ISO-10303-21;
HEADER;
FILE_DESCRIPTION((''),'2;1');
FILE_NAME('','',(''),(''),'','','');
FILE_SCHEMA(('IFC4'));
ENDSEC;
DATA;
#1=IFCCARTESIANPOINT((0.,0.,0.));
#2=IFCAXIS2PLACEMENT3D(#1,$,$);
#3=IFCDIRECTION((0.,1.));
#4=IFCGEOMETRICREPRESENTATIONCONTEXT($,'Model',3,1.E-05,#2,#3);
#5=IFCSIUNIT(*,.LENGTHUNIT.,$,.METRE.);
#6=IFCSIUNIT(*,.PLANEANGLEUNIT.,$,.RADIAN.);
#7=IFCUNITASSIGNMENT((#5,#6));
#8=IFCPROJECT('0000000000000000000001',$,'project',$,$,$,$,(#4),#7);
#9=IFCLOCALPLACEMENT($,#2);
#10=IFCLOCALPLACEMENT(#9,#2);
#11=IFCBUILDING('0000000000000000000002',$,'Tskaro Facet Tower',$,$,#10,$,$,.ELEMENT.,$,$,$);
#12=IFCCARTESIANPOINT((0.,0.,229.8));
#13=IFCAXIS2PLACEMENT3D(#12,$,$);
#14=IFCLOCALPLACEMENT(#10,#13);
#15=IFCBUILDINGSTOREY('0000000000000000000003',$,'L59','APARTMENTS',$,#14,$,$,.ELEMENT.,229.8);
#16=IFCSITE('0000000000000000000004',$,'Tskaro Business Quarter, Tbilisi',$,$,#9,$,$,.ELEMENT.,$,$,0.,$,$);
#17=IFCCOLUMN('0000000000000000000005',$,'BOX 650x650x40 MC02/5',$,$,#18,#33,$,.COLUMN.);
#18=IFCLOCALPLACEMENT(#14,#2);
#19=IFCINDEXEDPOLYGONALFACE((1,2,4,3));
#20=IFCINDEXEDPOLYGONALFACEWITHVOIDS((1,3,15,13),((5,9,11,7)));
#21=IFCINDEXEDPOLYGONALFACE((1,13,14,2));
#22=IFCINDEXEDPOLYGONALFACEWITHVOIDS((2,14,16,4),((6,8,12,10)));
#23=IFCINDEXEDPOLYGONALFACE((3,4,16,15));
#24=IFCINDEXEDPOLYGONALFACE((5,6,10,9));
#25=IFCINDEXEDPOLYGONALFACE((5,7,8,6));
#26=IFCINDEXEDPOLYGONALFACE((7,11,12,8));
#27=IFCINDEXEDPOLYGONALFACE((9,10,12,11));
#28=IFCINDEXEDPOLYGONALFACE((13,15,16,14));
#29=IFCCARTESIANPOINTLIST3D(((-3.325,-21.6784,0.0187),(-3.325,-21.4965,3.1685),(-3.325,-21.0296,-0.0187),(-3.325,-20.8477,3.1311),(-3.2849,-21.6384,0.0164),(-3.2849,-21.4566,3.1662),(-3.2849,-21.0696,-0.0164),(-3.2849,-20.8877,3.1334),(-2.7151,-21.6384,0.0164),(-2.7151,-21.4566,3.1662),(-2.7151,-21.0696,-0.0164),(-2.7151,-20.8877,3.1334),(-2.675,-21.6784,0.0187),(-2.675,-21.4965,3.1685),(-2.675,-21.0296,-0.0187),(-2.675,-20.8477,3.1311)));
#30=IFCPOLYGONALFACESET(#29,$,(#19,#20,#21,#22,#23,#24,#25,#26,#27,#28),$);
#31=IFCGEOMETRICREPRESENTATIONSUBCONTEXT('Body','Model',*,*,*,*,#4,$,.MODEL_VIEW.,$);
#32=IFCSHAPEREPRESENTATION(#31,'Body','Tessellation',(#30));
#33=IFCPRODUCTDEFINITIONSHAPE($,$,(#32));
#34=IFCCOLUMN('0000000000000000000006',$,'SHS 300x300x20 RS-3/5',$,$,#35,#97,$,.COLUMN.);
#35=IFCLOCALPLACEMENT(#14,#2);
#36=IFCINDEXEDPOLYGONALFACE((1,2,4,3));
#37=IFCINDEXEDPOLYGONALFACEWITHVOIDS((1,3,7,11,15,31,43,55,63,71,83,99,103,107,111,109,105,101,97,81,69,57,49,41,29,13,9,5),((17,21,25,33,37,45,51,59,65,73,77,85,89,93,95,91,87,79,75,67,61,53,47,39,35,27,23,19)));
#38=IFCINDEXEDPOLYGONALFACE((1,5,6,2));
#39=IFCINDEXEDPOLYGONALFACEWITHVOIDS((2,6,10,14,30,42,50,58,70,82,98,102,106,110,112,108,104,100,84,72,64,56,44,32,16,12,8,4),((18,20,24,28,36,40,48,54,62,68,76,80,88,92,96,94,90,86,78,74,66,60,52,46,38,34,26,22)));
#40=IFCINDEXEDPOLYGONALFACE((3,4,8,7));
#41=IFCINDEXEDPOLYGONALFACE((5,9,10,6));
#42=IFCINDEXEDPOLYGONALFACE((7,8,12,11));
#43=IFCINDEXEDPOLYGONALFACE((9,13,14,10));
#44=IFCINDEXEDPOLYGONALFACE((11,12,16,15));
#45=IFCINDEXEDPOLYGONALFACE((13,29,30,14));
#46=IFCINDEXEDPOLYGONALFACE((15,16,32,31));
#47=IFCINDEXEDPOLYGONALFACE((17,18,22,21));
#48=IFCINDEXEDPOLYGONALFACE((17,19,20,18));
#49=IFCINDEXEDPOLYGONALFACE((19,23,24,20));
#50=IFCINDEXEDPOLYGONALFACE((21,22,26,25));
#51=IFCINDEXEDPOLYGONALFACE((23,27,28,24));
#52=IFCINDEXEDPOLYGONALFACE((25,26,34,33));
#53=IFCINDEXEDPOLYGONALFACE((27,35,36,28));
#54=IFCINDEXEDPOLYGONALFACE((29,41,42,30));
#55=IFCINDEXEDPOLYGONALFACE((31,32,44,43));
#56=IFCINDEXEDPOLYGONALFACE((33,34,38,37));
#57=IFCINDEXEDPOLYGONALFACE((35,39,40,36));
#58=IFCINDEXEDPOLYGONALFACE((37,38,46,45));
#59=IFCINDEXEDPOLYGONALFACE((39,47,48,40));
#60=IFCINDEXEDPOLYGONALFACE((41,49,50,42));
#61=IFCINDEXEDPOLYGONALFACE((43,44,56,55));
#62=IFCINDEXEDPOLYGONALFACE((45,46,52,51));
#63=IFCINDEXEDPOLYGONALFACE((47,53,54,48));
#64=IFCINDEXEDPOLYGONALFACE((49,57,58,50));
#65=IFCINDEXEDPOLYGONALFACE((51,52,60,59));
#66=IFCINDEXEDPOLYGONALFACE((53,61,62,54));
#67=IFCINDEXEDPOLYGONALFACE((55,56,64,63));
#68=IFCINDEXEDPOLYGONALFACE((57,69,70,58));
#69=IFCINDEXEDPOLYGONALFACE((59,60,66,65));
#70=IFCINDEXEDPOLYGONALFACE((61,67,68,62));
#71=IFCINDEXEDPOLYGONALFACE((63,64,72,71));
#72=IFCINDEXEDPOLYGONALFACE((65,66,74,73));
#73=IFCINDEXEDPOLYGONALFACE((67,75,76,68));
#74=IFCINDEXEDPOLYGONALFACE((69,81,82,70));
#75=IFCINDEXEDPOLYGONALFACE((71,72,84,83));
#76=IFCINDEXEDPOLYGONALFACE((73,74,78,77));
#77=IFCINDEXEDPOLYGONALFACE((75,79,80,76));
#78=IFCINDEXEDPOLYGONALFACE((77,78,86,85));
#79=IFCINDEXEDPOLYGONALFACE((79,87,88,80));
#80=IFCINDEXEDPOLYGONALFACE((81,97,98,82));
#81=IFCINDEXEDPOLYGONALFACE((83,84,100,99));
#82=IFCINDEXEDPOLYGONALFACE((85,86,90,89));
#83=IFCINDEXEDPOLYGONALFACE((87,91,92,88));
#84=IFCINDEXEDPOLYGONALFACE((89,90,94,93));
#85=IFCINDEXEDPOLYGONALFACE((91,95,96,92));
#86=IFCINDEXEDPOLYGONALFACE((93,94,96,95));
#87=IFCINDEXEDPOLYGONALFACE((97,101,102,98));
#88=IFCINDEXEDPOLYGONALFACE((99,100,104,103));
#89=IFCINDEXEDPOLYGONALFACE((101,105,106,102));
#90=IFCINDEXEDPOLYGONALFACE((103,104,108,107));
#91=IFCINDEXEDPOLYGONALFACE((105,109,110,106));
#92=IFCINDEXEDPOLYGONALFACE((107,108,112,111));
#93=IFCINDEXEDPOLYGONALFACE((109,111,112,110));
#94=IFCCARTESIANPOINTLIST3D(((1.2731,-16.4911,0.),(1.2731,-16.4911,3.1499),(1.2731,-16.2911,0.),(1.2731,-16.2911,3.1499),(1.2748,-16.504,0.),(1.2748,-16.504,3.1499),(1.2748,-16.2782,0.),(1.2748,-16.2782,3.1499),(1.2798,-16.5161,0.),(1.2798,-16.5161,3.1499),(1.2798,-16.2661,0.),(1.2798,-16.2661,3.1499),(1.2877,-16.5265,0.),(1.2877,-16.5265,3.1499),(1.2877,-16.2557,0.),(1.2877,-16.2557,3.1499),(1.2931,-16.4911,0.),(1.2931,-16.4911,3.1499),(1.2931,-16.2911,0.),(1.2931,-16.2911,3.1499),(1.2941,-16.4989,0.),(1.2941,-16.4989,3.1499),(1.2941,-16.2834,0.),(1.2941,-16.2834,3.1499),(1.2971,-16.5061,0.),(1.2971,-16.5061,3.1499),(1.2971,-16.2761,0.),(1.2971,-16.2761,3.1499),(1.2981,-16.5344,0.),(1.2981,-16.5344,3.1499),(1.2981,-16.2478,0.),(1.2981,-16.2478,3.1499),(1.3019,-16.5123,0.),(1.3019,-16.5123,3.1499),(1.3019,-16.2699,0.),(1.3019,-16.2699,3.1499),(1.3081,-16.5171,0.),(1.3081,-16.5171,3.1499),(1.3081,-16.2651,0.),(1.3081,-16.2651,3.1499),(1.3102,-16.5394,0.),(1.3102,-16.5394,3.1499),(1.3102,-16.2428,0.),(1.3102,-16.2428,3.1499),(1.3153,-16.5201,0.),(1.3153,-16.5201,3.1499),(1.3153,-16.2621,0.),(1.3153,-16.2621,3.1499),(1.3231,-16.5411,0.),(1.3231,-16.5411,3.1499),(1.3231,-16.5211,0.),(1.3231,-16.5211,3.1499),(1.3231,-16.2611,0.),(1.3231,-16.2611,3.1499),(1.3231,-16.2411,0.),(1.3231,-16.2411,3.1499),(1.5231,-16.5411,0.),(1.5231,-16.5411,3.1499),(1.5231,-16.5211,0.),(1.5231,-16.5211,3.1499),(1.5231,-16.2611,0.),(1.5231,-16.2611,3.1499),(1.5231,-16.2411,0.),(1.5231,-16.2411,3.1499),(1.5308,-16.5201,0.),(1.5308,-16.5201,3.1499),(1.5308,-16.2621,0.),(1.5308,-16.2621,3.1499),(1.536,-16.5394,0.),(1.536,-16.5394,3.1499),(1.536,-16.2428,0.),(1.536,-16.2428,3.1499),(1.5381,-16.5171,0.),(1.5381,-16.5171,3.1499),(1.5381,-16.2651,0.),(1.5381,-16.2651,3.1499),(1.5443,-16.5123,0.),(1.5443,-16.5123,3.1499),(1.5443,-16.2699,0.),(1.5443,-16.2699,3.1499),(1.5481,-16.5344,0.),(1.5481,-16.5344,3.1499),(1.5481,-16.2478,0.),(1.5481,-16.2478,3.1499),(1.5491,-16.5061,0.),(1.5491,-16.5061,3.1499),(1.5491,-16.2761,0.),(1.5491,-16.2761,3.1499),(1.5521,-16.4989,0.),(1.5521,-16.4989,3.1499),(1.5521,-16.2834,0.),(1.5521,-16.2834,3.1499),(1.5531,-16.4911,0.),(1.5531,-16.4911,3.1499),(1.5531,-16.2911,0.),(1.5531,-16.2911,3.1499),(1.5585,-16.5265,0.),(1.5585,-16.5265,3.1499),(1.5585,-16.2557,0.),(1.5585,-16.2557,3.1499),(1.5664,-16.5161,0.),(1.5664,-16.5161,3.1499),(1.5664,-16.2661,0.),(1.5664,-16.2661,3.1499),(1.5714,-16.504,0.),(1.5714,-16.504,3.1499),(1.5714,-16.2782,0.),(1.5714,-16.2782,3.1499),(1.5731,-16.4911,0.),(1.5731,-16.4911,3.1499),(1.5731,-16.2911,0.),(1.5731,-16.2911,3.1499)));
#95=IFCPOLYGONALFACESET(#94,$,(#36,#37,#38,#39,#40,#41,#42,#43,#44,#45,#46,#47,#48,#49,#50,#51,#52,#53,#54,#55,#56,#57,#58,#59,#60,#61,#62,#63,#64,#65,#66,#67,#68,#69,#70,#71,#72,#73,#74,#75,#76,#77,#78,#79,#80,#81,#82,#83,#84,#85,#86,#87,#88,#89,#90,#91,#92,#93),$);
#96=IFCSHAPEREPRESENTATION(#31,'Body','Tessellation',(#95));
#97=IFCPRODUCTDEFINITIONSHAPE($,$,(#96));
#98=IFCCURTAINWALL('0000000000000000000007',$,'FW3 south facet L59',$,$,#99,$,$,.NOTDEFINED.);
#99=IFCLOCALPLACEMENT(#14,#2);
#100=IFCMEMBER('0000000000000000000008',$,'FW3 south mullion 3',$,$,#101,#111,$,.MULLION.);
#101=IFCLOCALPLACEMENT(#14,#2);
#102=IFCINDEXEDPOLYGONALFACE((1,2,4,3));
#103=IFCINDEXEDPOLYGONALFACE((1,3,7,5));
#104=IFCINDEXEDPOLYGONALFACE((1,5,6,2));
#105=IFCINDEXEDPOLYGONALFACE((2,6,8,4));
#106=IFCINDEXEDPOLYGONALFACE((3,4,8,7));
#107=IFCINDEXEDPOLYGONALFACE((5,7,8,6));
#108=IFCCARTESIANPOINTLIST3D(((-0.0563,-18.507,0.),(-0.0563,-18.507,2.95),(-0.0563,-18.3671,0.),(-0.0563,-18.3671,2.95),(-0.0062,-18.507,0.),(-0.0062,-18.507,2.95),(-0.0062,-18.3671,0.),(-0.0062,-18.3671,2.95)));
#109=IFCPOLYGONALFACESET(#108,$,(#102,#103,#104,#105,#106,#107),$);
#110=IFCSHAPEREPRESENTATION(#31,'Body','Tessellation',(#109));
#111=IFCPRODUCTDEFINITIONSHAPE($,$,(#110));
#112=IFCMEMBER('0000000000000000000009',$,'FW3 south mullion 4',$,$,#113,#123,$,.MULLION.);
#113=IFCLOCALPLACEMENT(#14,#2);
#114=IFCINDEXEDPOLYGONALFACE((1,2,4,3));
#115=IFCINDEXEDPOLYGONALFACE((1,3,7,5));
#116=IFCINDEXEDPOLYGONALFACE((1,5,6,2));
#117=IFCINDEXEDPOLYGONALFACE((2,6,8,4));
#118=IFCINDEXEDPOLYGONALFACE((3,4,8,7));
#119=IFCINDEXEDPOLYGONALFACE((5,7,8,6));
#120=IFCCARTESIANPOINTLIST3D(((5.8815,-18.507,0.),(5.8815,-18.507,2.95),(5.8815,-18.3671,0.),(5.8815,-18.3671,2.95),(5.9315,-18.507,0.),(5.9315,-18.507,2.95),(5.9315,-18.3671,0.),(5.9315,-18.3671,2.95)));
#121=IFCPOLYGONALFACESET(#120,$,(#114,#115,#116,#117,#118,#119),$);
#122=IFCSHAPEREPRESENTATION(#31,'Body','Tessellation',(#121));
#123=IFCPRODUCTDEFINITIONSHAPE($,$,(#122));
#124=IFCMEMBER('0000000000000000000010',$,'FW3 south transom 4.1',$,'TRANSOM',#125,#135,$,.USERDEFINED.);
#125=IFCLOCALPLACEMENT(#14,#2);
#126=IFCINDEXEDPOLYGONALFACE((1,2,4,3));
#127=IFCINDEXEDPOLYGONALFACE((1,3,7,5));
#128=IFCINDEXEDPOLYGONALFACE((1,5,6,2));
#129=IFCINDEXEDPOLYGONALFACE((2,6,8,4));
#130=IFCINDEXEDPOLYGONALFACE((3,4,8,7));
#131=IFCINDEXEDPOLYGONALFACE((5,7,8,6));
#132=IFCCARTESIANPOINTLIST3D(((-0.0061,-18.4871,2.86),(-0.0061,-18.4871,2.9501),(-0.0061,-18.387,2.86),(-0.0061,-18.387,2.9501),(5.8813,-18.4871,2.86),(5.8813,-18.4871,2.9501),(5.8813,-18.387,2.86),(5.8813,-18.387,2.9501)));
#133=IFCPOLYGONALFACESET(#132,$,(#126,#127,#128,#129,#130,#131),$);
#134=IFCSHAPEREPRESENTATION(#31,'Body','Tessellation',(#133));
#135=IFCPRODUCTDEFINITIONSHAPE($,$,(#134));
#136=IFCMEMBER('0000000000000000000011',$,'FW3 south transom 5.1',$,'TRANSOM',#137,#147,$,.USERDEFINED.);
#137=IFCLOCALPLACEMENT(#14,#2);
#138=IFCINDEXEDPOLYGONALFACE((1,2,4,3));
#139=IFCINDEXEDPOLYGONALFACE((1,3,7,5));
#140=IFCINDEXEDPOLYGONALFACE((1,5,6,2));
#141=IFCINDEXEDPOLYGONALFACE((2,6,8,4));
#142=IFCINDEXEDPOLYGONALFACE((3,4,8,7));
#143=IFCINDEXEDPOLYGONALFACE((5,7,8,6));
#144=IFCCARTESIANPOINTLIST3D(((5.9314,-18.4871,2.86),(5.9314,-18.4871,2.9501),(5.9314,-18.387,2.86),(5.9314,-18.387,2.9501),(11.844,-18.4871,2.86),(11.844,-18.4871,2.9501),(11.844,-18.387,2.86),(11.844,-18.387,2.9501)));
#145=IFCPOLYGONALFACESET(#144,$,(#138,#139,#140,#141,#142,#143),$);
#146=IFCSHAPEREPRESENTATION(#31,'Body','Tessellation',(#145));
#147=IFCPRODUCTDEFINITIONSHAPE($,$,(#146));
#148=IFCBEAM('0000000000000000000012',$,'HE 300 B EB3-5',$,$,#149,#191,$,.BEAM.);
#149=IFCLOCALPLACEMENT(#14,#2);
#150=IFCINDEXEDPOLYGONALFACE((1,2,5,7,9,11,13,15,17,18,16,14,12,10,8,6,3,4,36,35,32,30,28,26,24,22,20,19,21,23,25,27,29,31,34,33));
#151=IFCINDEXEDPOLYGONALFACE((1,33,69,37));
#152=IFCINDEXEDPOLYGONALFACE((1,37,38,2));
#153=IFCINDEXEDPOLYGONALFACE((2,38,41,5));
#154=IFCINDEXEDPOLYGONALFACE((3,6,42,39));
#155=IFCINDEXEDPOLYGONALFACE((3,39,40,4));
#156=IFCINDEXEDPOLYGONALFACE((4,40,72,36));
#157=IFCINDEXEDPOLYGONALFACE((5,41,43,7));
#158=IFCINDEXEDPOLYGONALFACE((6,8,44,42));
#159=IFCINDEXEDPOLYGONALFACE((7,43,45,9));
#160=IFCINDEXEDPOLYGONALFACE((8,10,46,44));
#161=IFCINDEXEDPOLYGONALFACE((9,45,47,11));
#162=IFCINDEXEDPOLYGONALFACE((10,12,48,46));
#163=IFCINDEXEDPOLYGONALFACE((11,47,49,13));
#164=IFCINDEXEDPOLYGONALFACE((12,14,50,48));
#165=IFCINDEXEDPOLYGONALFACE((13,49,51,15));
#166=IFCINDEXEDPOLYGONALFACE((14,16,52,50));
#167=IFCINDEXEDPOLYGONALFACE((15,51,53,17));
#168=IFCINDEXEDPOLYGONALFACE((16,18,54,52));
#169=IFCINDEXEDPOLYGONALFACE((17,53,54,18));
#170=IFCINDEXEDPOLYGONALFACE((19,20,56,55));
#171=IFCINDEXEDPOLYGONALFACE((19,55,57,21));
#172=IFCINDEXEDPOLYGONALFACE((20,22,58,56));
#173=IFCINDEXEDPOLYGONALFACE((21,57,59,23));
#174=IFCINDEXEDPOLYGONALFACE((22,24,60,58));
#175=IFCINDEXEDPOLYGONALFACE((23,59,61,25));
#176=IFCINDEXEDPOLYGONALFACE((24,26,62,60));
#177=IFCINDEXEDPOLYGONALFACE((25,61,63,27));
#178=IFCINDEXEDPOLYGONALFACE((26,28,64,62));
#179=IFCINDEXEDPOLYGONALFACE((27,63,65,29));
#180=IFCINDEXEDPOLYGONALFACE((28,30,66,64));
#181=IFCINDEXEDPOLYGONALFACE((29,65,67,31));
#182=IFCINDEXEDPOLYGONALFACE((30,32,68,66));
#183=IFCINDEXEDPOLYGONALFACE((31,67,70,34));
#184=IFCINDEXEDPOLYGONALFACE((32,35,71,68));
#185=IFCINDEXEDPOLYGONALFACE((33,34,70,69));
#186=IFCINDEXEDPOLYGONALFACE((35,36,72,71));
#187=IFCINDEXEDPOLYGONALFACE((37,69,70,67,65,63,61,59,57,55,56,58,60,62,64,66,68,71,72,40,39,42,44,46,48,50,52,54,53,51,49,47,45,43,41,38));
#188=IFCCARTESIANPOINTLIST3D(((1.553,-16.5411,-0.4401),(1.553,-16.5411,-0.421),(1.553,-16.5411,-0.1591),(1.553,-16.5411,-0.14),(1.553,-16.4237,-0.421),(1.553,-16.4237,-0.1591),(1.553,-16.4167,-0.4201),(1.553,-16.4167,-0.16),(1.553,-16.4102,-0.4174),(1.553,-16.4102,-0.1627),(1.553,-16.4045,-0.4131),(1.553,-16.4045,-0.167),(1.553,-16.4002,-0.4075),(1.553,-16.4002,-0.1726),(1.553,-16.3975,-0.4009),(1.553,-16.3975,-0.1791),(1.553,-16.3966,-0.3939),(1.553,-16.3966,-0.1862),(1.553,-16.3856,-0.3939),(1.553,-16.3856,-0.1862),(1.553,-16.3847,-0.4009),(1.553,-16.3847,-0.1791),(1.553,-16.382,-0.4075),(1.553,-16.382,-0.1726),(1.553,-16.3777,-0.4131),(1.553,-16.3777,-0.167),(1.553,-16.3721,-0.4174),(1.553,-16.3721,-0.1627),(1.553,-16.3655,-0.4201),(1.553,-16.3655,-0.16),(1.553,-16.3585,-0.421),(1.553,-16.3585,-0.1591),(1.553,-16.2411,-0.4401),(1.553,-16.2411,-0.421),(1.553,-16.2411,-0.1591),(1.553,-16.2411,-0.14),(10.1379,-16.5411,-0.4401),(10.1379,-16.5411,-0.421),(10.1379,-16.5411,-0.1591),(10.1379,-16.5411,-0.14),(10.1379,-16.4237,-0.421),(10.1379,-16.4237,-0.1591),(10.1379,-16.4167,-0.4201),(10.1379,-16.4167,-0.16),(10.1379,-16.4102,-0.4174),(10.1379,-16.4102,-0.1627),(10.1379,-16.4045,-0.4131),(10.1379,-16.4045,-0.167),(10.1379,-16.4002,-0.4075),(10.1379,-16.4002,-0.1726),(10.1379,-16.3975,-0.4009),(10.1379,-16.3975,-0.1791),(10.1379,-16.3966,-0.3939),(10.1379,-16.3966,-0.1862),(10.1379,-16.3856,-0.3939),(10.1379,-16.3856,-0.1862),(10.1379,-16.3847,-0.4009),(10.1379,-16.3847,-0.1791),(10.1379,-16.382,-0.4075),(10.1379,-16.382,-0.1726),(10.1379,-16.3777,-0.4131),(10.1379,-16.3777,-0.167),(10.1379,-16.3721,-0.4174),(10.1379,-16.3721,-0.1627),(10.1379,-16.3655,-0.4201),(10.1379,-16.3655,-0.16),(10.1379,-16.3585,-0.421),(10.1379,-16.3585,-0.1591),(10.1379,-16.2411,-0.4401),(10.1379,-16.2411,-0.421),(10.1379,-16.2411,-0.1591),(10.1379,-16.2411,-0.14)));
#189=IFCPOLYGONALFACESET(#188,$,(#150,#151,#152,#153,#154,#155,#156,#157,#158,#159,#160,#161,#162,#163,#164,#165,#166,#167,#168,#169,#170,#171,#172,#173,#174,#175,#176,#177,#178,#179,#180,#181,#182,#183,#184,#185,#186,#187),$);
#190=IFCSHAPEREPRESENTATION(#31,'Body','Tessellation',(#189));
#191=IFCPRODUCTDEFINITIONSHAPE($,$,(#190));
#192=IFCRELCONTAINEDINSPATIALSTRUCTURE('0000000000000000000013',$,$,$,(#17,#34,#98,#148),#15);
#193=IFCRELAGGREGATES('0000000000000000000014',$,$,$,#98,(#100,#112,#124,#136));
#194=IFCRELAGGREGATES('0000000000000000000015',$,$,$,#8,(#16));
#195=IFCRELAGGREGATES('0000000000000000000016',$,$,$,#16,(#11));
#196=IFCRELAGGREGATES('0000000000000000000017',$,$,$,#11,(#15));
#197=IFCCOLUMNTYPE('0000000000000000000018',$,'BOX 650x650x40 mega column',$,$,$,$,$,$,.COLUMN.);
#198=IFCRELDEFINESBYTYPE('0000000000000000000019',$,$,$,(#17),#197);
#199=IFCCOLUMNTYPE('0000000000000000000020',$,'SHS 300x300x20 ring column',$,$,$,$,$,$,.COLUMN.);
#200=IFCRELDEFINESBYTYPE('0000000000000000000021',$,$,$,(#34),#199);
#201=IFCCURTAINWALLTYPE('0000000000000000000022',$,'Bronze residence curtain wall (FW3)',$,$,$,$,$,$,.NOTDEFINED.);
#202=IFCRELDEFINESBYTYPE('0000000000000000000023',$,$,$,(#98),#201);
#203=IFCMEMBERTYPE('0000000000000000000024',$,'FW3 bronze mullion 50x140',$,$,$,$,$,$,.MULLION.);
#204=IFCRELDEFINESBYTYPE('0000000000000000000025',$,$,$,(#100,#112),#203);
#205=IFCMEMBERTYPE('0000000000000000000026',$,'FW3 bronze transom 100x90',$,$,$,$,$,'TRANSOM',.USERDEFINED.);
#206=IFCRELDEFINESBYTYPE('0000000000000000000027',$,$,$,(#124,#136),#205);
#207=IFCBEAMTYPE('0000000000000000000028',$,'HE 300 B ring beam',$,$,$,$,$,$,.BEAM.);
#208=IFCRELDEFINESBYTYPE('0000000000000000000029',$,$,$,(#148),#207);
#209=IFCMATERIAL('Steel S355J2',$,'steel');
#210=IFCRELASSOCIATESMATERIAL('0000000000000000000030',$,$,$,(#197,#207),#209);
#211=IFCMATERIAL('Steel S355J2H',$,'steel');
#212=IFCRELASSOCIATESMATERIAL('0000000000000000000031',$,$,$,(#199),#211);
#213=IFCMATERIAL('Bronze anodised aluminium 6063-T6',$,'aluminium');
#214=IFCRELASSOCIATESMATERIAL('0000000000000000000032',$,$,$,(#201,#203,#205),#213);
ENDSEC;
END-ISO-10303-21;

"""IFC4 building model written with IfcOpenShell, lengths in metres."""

from ifc_helpers import new_model, si_unit, direction, frame, origin, origin_2d, place, context, subcontext, project, spatial, rectangle, hollow_rectangle, i_section, extrude, material, material_profile, profile_set, type_object, element, aggregate, save


model = new_model("IFC4")

# Units and contexts
model_context = context("Model", 3, precision=1e-05, world=origin(), true_north=direction((0.0, 1.0)))
body_context = subcontext(model_context, "Body", "Model", "MODEL_VIEW")
ifc_project = project(units=[si_unit("LENGTHUNIT", "METRE"), si_unit("PLANEANGLEUNIT", "RADIAN")], contexts=[model_context])

# Site, building, storey
site_placement = place(None, origin())
site = spatial("IfcSite", under=ifc_project, at=site_placement, Name="Tskaro Business Quarter, Tbilisi", CompositionType="ELEMENT", RefElevation=0.0)
building_placement = place(site_placement, origin())
building = spatial("IfcBuilding", under=site, at=building_placement, Name="Tskaro Facet Tower", CompositionType="ELEMENT")
storey_placement = place(building_placement, frame((0.0, 0.0, 229.8)))
storey = spatial("IfcBuildingStorey", under=building, at=storey_placement, Name="L59", Description="APARTMENTS", CompositionType="ELEMENT", Elevation=229.8)

# Columns
ifc_material_1 = material(Name="Steel S355J2", Category="steel")
ifc_material_profile_1 = material_profile(ifc_material_1, hollow_rectangle(XDim=0.6499, YDim=0.6499, WallThickness=0.04, at=origin_2d()), Name="BOX 650x650x40")
ifc_profile_set_1 = profile_set([ifc_material_profile_1], Name="Steel S355J2")
column_type_1 = type_object("IfcColumnType", Name="BOX 650x650x40 mega column", PredefinedType="COLUMN", material=ifc_profile_set_1)
column_1_placement = place(storey_placement, frame((-3.0, -21.354, 0.0), z_axis=(0.0, 0.057647, 0.998337), x_axis=(-1.0, 0.0, 0.0)))
element("IfcColumn", 1, at=column_1_placement, inside=storey, type_object=column_type_1, Name="BOX 650x650x40 MC02/5", PredefinedType="COLUMN", context=body_context, shape_type="SweptSolid", body=[
    extrude(hollow_rectangle(XDim=0.6499, YDim=0.6499, WallThickness=0.04, at=origin_2d()), origin(), (0.0, 0.0, 1.0), 3.155),
])
ifc_material_2 = material(Name="Steel S355J2H", Category="steel")
ifc_material_profile_2 = material_profile(ifc_material_2, hollow_rectangle(XDim=0.3, YDim=0.3, WallThickness=0.02, InnerFilletRadius=0.03, OuterFilletRadius=0.05, at=origin_2d()), Name="SHS 300x300x20")
ifc_profile_set_2 = profile_set([ifc_material_profile_2], Name="Steel S355J2H")
column_type_2 = type_object("IfcColumnType", Name="SHS 300x300x20 ring column", PredefinedType="COLUMN", material=ifc_profile_set_2)
column_2_placement = place(storey_placement, frame((1.4231, -16.3911, 0.0), z_axis=(0.0, 0.0, 1.0), x_axis=(1.0, 0.0, 0.0)))
element("IfcColumn", 2, at=column_2_placement, inside=storey, type_object=column_type_2, Name="SHS 300x300x20 RS-3/5", PredefinedType="COLUMN", context=body_context, shape_type="SweptSolid", body=[
    extrude(hollow_rectangle(XDim=0.3, YDim=0.3, WallThickness=0.02, InnerFilletRadius=0.03, OuterFilletRadius=0.05, at=origin_2d()), origin(), (0.0, 0.0, 1.0), 3.1499),
])

# Curtain wall, members
ifc_material_3 = material(Name="Bronze anodised aluminium 6063-T6", Category="aluminium")
curtain_wall_type = type_object("IfcCurtainWallType", Name="Bronze residence curtain wall (FW3)", PredefinedType="NOTDEFINED", material=ifc_material_3)
curtain_wall_placement = place(storey_placement, origin())
curtain_wall = element("IfcCurtainWall", 3, at=curtain_wall_placement, inside=storey, type_object=curtain_wall_type, Name="FW3 south facet L59", PredefinedType="NOTDEFINED")
ifc_material_profile_3 = material_profile(ifc_material_3, rectangle(XDim=0.05, YDim=0.1399, at=origin_2d()), Name="Mullion 50x140")
ifc_profile_set_3 = profile_set([ifc_material_profile_3], Name="Bronze anodised aluminium 6063-T6")
member_type_1 = type_object("IfcMemberType", Name="FW3 bronze mullion 50x140", PredefinedType="MULLION", material=ifc_profile_set_3)
member_1_placement = place(storey_placement, frame((-0.0312, -18.437, 0.0), z_axis=(0.0, 0.0, 1.0), x_axis=(1.0, 0.0, 0.0)))
member_1 = element("IfcMember", 4, at=member_1_placement, type_object=member_type_1, Name="FW3 south mullion 3", PredefinedType="MULLION", context=body_context, shape_type="SweptSolid", body=[
    extrude(rectangle(XDim=0.05, YDim=0.1399, at=origin_2d()), origin(), (0.0, 0.0, 1.0), 2.95),
])
member_2_placement = place(storey_placement, frame((5.9065, -18.437, 0.0), z_axis=(0.0, 0.0, 1.0), x_axis=(1.0, 0.0, 0.0)))
member_2 = element("IfcMember", 5, at=member_2_placement, type_object=member_type_1, Name="FW3 south mullion 4", PredefinedType="MULLION", context=body_context, shape_type="SweptSolid", body=[
    extrude(rectangle(XDim=0.05, YDim=0.1399, at=origin_2d()), origin(), (0.0, 0.0, 1.0), 2.95),
])
ifc_material_profile_4 = material_profile(ifc_material_3, rectangle(XDim=0.1001, YDim=0.0901, at=origin_2d()), Name="Transom 100x90")
ifc_profile_set_4 = profile_set([ifc_material_profile_4], Name="Bronze anodised aluminium 6063-T6")
member_type_2 = type_object("IfcMemberType", Name="FW3 bronze transom 100x90", ElementType="TRANSOM", PredefinedType="USERDEFINED", material=ifc_profile_set_4)
member_3_placement = place(storey_placement, frame((-0.0061, -18.437, 2.905), z_axis=(1.0, 0.0, 0.0), x_axis=(0.0, 1.0, 0.0)))
member_3 = element("IfcMember", 6, at=member_3_placement, type_object=member_type_2, Name="FW3 south transom 4.1", ObjectType="TRANSOM", PredefinedType="USERDEFINED", context=body_context, shape_type="SweptSolid", body=[
    extrude(rectangle(XDim=0.1001, YDim=0.0901, at=origin_2d()), origin(), (0.0, 0.0, 1.0), 5.8875),
])
member_4_placement = place(storey_placement, frame((5.9314, -18.437, 2.905), z_axis=(1.0, 0.0, 0.0), x_axis=(0.0, 1.0, 0.0)))
member_4 = element("IfcMember", 7, at=member_4_placement, type_object=member_type_2, Name="FW3 south transom 5.1", ObjectType="TRANSOM", PredefinedType="USERDEFINED", context=body_context, shape_type="SweptSolid", body=[
    extrude(rectangle(XDim=0.1001, YDim=0.0901, at=origin_2d()), origin(), (0.0, 0.0, 1.0), 5.9126),
])

# Beam
ifc_material_profile_5 = material_profile(ifc_material_1, i_section(OverallWidth=0.3, OverallDepth=0.3, WebThickness=0.011, FlangeThickness=0.019, FilletRadius=0.0271, at=origin_2d()), Name="HE 300 B")
ifc_profile_set_5 = profile_set([ifc_material_profile_5], Name="Steel S355J2")
beam_type_1 = type_object("IfcBeamType", Name="HE 300 B ring beam", PredefinedType="BEAM", material=ifc_profile_set_5)
beam_1_placement = place(storey_placement, frame((1.553, -16.3911, -0.29), z_axis=(1.0, 0.0, 0.0), x_axis=(0.0, 1.0, 0.0)))
element("IfcBeam", 8, at=beam_1_placement, inside=storey, type_object=beam_type_1, Name="HE 300 B EB3-5", PredefinedType="BEAM", context=body_context, shape_type="SweptSolid", body=[
    extrude(i_section(OverallWidth=0.3, OverallDepth=0.3, WebThickness=0.011, FlangeThickness=0.019, FilletRadius=0.0271, at=origin_2d()), origin(), (0.0, 0.0, 1.0), 8.585),
])

aggregate(curtain_wall, [member_1, member_2, member_3, member_4])

save(model, "model.ifc")
